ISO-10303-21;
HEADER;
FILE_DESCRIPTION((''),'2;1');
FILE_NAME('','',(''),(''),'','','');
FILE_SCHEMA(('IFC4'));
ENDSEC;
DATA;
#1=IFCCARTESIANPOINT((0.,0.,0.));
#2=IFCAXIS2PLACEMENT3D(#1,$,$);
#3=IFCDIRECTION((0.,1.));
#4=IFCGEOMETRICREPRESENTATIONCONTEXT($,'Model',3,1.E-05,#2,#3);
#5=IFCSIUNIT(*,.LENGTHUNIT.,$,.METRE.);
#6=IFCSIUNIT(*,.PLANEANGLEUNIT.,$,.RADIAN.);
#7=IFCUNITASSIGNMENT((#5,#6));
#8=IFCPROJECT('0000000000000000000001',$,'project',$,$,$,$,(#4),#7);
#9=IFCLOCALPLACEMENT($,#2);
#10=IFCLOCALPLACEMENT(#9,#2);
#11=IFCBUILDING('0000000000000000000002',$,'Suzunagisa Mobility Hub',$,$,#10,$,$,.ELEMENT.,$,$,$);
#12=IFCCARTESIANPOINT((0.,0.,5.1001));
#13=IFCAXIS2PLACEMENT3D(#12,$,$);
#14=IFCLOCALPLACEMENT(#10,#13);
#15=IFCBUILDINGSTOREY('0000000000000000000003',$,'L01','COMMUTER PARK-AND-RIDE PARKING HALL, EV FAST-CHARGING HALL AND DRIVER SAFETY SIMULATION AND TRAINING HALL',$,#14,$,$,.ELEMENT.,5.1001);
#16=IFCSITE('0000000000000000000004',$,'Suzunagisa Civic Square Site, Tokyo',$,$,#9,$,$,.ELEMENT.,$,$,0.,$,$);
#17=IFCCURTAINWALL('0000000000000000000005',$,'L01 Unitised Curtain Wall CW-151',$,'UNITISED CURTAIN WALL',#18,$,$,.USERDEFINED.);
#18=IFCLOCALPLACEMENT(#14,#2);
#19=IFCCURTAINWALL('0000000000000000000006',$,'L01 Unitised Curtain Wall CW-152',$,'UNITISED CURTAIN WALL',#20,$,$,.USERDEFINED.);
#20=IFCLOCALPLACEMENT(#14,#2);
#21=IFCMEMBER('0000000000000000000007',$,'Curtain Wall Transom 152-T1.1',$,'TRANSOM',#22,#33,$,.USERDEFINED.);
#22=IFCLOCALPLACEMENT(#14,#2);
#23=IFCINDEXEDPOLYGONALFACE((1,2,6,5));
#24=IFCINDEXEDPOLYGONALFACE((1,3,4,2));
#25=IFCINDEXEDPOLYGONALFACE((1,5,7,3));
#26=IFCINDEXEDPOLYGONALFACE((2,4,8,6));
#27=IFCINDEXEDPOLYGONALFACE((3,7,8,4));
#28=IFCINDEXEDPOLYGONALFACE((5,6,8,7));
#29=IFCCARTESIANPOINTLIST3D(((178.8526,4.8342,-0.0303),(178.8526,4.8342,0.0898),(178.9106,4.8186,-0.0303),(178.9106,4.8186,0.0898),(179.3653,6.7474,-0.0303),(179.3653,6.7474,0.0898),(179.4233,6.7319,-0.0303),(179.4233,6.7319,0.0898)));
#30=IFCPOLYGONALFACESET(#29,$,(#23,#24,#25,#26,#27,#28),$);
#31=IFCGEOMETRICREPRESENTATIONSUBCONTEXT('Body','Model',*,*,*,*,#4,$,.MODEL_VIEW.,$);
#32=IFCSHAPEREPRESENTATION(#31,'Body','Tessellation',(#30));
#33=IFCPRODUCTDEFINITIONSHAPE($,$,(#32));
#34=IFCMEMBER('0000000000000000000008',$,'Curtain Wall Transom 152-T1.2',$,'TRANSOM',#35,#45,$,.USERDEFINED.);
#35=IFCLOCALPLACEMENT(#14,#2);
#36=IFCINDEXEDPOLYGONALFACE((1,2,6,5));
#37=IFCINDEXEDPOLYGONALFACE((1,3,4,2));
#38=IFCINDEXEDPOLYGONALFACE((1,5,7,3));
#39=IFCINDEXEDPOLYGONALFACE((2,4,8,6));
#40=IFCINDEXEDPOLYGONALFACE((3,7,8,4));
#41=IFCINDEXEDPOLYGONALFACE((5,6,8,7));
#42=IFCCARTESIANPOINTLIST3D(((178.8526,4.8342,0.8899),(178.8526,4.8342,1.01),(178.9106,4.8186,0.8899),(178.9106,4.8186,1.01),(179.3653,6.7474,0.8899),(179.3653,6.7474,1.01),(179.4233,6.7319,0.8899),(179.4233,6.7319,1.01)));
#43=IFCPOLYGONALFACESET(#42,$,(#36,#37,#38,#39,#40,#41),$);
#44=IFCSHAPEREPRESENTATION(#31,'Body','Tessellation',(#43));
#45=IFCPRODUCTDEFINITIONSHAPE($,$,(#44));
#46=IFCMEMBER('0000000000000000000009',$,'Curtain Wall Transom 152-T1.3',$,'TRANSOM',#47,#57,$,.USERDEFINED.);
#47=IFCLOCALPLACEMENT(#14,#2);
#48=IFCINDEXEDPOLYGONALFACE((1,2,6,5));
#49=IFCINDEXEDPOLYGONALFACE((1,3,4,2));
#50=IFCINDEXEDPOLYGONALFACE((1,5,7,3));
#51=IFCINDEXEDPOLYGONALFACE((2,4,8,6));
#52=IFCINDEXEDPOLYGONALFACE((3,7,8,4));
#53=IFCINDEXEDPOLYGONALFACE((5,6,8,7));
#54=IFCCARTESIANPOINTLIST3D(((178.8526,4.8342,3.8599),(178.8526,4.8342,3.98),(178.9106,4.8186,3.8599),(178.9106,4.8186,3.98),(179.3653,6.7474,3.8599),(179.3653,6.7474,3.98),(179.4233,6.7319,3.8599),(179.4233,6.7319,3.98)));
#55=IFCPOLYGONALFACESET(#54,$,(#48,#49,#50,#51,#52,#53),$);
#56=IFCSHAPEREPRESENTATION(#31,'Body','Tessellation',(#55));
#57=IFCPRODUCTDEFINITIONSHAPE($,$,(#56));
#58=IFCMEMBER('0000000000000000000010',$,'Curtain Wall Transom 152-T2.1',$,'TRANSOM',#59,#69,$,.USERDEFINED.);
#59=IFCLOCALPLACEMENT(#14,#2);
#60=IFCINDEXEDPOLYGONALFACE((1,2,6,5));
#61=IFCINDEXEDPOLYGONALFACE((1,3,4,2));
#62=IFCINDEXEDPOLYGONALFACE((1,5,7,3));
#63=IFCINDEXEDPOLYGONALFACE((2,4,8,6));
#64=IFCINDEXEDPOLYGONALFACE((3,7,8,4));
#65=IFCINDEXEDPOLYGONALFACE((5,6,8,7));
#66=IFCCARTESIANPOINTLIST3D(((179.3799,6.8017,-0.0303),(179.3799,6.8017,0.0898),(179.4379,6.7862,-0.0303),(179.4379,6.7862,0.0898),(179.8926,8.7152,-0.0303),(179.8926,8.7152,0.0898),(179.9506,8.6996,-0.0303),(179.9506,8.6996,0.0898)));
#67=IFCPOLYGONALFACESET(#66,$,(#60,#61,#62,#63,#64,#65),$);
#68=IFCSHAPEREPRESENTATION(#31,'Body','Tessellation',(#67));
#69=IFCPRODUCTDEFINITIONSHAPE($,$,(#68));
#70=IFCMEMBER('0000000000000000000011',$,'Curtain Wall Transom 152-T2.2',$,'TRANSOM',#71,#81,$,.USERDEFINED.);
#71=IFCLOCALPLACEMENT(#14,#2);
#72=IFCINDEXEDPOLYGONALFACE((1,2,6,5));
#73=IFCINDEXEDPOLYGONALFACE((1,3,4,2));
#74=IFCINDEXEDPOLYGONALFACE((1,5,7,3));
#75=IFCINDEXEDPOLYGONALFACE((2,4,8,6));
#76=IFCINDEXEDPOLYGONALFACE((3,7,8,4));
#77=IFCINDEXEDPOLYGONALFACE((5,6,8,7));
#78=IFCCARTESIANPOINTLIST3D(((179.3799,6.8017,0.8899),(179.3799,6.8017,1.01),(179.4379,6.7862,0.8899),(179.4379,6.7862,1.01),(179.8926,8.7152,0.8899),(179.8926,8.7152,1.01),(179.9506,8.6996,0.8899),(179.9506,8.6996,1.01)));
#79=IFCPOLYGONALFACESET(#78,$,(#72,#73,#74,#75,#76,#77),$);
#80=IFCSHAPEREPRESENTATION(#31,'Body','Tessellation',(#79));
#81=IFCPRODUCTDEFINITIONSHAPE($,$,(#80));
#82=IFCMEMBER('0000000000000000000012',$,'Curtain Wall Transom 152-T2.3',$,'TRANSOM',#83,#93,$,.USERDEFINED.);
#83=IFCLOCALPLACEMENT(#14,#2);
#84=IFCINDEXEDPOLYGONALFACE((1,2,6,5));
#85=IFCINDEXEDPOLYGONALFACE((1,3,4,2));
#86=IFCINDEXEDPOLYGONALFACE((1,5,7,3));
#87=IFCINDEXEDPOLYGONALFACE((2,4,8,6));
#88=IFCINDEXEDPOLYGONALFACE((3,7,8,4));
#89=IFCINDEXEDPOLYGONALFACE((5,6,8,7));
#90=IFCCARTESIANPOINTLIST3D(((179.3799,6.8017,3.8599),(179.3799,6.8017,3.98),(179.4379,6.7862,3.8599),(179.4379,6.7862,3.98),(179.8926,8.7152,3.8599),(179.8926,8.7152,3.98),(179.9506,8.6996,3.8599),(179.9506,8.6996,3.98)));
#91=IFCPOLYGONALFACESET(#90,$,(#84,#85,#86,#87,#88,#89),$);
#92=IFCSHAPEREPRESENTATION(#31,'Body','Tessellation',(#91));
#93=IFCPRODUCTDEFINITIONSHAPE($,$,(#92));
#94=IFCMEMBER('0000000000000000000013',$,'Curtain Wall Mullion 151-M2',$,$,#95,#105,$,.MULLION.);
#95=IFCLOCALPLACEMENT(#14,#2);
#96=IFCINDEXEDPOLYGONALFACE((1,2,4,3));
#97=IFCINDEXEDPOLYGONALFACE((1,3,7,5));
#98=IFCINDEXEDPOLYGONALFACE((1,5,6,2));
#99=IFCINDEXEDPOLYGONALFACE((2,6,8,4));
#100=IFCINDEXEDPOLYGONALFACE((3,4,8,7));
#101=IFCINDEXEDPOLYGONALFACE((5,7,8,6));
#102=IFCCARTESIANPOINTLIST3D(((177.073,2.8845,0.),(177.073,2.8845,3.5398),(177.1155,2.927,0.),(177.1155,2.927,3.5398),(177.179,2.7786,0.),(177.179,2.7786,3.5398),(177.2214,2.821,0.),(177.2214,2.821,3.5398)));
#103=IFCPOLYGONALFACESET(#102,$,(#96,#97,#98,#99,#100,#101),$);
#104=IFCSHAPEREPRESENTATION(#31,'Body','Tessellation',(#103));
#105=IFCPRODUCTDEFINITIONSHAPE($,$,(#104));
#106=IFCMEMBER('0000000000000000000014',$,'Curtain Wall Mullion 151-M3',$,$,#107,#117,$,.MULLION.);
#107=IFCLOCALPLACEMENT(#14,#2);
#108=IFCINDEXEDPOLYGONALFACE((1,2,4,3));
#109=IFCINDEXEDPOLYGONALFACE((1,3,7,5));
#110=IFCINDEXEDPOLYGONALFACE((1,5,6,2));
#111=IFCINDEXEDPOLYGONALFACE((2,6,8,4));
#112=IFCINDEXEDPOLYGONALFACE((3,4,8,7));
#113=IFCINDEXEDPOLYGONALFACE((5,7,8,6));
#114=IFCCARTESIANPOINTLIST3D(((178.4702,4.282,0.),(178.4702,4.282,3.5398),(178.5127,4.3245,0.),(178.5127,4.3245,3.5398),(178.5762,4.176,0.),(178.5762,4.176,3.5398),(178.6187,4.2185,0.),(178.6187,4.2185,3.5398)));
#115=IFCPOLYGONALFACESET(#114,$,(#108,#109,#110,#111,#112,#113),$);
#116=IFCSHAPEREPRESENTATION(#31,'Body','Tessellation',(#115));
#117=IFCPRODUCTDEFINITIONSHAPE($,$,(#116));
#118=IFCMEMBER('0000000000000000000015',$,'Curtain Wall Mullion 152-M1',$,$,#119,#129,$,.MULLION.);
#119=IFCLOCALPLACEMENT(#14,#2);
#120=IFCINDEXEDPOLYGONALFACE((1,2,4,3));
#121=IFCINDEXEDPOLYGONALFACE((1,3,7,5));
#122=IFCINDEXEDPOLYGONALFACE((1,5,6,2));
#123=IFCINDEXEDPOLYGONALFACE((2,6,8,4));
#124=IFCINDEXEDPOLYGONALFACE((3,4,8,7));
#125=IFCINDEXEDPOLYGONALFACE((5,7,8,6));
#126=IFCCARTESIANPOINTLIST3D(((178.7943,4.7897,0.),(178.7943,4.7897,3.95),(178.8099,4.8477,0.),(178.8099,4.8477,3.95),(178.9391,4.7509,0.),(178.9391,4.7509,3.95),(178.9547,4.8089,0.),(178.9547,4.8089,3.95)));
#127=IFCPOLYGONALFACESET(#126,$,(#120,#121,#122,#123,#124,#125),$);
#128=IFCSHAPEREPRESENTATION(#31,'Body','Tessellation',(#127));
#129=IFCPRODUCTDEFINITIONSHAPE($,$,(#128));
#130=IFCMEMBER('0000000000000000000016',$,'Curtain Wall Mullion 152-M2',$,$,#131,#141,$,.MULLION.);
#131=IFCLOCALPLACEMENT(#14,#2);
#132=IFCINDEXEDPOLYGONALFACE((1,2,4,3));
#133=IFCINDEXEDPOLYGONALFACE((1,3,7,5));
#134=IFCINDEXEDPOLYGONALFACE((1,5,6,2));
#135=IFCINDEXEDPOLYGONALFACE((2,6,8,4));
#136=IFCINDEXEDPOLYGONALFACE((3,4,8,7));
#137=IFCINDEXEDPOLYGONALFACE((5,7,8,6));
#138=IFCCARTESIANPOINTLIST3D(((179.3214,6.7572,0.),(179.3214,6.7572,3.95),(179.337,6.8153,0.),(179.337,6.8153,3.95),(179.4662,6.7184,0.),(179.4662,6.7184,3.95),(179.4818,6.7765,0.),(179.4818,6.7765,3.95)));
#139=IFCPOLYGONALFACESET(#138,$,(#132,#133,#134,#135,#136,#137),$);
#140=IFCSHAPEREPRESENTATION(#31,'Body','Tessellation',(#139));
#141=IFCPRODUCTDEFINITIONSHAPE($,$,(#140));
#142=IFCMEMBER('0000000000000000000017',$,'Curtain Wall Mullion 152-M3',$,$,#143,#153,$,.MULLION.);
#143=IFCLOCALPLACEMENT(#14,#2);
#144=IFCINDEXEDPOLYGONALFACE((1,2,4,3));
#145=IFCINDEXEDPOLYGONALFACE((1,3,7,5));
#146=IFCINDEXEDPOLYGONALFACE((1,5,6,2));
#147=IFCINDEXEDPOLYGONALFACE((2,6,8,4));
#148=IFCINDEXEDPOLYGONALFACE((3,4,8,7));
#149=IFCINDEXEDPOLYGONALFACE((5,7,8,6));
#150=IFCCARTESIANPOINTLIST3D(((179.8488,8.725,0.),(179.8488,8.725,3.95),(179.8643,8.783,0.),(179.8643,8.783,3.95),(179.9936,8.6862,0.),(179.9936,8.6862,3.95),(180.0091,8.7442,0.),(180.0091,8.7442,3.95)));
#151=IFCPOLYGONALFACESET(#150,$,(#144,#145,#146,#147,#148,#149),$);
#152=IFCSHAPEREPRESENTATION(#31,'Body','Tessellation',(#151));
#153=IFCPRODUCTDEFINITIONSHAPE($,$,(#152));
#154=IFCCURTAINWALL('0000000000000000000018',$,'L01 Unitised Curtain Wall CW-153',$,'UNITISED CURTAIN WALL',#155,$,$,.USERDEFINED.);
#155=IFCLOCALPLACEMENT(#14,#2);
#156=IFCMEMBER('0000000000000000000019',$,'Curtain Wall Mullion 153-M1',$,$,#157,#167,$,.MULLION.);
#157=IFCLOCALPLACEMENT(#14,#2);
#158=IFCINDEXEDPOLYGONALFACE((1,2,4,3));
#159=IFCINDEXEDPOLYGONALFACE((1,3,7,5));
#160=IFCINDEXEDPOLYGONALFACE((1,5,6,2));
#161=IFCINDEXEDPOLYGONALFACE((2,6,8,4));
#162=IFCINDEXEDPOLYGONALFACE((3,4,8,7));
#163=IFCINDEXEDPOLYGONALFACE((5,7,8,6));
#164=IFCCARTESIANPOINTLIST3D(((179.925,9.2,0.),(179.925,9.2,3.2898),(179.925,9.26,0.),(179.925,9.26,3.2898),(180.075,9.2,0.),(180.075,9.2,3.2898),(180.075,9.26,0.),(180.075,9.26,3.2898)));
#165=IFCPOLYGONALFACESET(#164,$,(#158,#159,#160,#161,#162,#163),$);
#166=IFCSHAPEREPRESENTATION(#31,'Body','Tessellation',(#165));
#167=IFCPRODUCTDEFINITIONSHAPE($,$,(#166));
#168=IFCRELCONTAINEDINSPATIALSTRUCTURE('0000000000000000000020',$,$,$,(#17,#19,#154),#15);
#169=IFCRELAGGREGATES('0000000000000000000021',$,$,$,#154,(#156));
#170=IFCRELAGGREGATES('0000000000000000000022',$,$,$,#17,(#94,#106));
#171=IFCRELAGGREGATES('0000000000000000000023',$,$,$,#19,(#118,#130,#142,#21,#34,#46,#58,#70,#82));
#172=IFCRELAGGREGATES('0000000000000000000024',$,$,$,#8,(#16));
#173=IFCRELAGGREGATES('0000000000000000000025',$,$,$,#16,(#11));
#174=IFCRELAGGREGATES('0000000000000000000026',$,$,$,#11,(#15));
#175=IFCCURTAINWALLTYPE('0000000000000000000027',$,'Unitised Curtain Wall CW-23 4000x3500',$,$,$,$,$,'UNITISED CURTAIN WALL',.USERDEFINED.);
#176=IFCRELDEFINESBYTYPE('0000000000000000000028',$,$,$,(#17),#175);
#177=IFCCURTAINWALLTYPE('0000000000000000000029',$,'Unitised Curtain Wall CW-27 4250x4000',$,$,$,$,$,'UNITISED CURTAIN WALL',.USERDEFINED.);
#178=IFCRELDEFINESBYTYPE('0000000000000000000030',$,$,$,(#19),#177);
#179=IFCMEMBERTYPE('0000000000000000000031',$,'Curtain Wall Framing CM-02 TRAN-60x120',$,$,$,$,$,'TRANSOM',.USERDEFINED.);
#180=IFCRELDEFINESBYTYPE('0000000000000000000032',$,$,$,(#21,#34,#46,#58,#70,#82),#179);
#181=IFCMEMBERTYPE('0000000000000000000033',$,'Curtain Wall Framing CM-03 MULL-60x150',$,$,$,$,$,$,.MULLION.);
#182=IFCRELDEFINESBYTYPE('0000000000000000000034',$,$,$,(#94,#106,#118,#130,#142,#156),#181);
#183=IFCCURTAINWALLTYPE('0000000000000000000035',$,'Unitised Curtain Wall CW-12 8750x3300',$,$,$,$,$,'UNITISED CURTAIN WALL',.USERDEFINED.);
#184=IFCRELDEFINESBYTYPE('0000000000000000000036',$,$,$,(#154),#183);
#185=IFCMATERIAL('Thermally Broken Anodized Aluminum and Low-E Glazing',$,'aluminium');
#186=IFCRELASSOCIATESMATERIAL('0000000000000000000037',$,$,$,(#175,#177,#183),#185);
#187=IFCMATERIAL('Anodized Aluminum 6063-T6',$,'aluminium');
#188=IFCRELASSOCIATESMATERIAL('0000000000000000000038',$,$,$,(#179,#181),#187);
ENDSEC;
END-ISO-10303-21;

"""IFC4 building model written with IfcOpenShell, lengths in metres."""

from ifc_helpers import new_model, si_unit, direction, frame, origin, origin_2d, place, context, subcontext, project, spatial, rectangle, extrude, material, material_profile, profile_set, type_object, element, aggregate, save


model = new_model("IFC4")

# Units and contexts
model_context = context("Model", 3, precision=1e-05, world=origin(), true_north=direction((0.0, 1.0)))
body_context = subcontext(model_context, "Body", "Model", "MODEL_VIEW")
ifc_project = project(units=[si_unit("LENGTHUNIT", "METRE"), si_unit("PLANEANGLEUNIT", "RADIAN")], contexts=[model_context])

# Site, building, storey
site_placement = place(None, origin())
site = spatial("IfcSite", under=ifc_project, at=site_placement, Name="Suzunagisa Civic Square Site, Tokyo", CompositionType="ELEMENT", RefElevation=0.0)
building_placement = place(site_placement, origin())
building = spatial("IfcBuilding", under=site, at=building_placement, Name="Suzunagisa Mobility Hub", CompositionType="ELEMENT")
storey_placement = place(building_placement, frame((0.0, 0.0, 5.1001)))
storey = spatial("IfcBuildingStorey", under=building, at=storey_placement, Name="L01", Description="COMMUTER PARK-AND-RIDE PARKING HALL, EV FAST-CHARGING HALL AND DRIVER SAFETY SIMULATION AND TRAINING HALL", CompositionType="ELEMENT", Elevation=5.1001)

# Curtain walls, members
ifc_material_1 = material(Name="Thermally Broken Anodized Aluminum and Low-E Glazing", Category="aluminium")
curtain_wall_type_1 = type_object("IfcCurtainWallType", Name="Unitised Curtain Wall CW-23 4000x3500", ElementType="UNITISED CURTAIN WALL", PredefinedType="USERDEFINED", material=ifc_material_1)
curtain_wall_1_placement = place(storey_placement, origin())
curtain_wall_1 = element("IfcCurtainWall", 1, at=curtain_wall_1_placement, inside=storey, type_object=curtain_wall_type_1, Name="L01 Unitised Curtain Wall CW-151", ObjectType="UNITISED CURTAIN WALL", PredefinedType="USERDEFINED")
ifc_material_2 = material(Name="Anodized Aluminum 6063-T6", Category="aluminium")
ifc_material_profile_1 = material_profile(ifc_material_2, rectangle(XDim=0.0601, YDim=0.1201, at=origin_2d()), Name="TRAN-60x120")
ifc_profile_set_1 = profile_set([ifc_material_profile_1], Name="Anodized Aluminum 6063-T6")
member_type_1 = type_object("IfcMemberType", Name="Curtain Wall Framing CM-02 TRAN-60x120", ElementType="TRANSOM", PredefinedType="USERDEFINED", material=ifc_profile_set_1)
curtain_wall_type_2 = type_object("IfcCurtainWallType", Name="Unitised Curtain Wall CW-27 4250x4000", ElementType="UNITISED CURTAIN WALL", PredefinedType="USERDEFINED", material=ifc_material_1)
curtain_wall_2_placement = place(storey_placement, origin())
curtain_wall_2 = element("IfcCurtainWall", 2, at=curtain_wall_2_placement, inside=storey, type_object=curtain_wall_type_2, Name="L01 Unitised Curtain Wall CW-152", ObjectType="UNITISED CURTAIN WALL", PredefinedType="USERDEFINED")
member_1_placement = place(storey_placement, frame((178.8816, 4.8264, 0.0298), z_axis=(0.258828, 0.965923, 0.0), x_axis=(-0.965923, 0.258828, 0.0)))
member_1 = element("IfcMember", 3, at=member_1_placement, type_object=member_type_1, Name="Curtain Wall Transom 152-T1.1", ObjectType="TRANSOM", PredefinedType="USERDEFINED", context=body_context, shape_type="SweptSolid", body=[
    extrude(rectangle(XDim=0.0601, YDim=0.1201, at=origin_2d()), origin(), (0.0, 0.0, 1.0), 1.9807),
])
member_2_placement = place(storey_placement, frame((178.8816, 4.8264, 0.95), z_axis=(0.258828, 0.965923, 0.0), x_axis=(-0.965923, 0.258828, 0.0)))
member_2 = element("IfcMember", 4, at=member_2_placement, type_object=member_type_1, Name="Curtain Wall Transom 152-T1.2", ObjectType="TRANSOM", PredefinedType="USERDEFINED", context=body_context, shape_type="SweptSolid", body=[
    extrude(rectangle(XDim=0.0601, YDim=0.1201, at=origin_2d()), origin(), (0.0, 0.0, 1.0), 1.9807),
])
member_3_placement = place(storey_placement, frame((178.8816, 4.8264, 3.9199), z_axis=(0.258828, 0.965923, 0.0), x_axis=(-0.965923, 0.258828, 0.0)))
member_3 = element("IfcMember", 5, at=member_3_placement, type_object=member_type_1, Name="Curtain Wall Transom 152-T1.3", ObjectType="TRANSOM", PredefinedType="USERDEFINED", context=body_context, shape_type="SweptSolid", body=[
    extrude(rectangle(XDim=0.0601, YDim=0.1201, at=origin_2d()), origin(), (0.0, 0.0, 1.0), 1.9807),
])
member_4_placement = place(storey_placement, frame((179.4089, 6.7939, 0.0298), z_axis=(0.258798, 0.965932, 0.0), x_axis=(-0.965932, 0.258798, 0.0)))
member_4 = element("IfcMember", 6, at=member_4_placement, type_object=member_type_1, Name="Curtain Wall Transom 152-T2.1", ObjectType="TRANSOM", PredefinedType="USERDEFINED", context=body_context, shape_type="SweptSolid", body=[
    extrude(rectangle(XDim=0.0601, YDim=0.1201, at=origin_2d()), origin(), (0.0, 0.0, 1.0), 1.981),
])
member_5_placement = place(storey_placement, frame((179.4089, 6.7939, 0.95), z_axis=(0.258798, 0.965932, 0.0), x_axis=(-0.965932, 0.258798, 0.0)))
member_5 = element("IfcMember", 7, at=member_5_placement, type_object=member_type_1, Name="Curtain Wall Transom 152-T2.2", ObjectType="TRANSOM", PredefinedType="USERDEFINED", context=body_context, shape_type="SweptSolid", body=[
    extrude(rectangle(XDim=0.0601, YDim=0.1201, at=origin_2d()), origin(), (0.0, 0.0, 1.0), 1.981),
])
member_6_placement = place(storey_placement, frame((179.4089, 6.7939, 3.9199), z_axis=(0.258798, 0.965932, 0.0), x_axis=(-0.965932, 0.258798, 0.0)))
member_6 = element("IfcMember", 8, at=member_6_placement, type_object=member_type_1, Name="Curtain Wall Transom 152-T2.3", ObjectType="TRANSOM", PredefinedType="USERDEFINED", context=body_context, shape_type="SweptSolid", body=[
    extrude(rectangle(XDim=0.0601, YDim=0.1201, at=origin_2d()), origin(), (0.0, 0.0, 1.0), 1.981),
])

# Members
ifc_material_profile_2 = material_profile(ifc_material_2, rectangle(XDim=0.0601, YDim=0.1499, at=origin_2d()), Name="MULL-60x150")
ifc_profile_set_2 = profile_set([ifc_material_profile_2], Name="Anodized Aluminum 6063-T6")
member_type_2 = type_object("IfcMemberType", Name="Curtain Wall Framing CM-03 MULL-60x150", PredefinedType="MULLION", material=ifc_profile_set_2)
member_7_placement = place(storey_placement, frame((177.1472, 2.8528, 0.0), z_axis=(0.0, 0.0, 1.0), x_axis=(0.707107, 0.707107, 0.0)))
member_7 = element("IfcMember", 9, at=member_7_placement, type_object=member_type_2, Name="Curtain Wall Mullion 151-M2", PredefinedType="MULLION", context=body_context, shape_type="SweptSolid", body=[
    extrude(rectangle(XDim=0.0601, YDim=0.1499, at=origin_2d()), origin(), (0.0, 0.0, 1.0), 3.5398),
])
member_8_placement = place(storey_placement, frame((178.5444, 4.2502, 0.0), z_axis=(0.0, 0.0, 1.0), x_axis=(0.707107, 0.707107, 0.0)))
member_8 = element("IfcMember", 10, at=member_8_placement, type_object=member_type_2, Name="Curtain Wall Mullion 151-M3", PredefinedType="MULLION", context=body_context, shape_type="SweptSolid", body=[
    extrude(rectangle(XDim=0.0601, YDim=0.1499, at=origin_2d()), origin(), (0.0, 0.0, 1.0), 3.5398),
])
member_9_placement = place(storey_placement, frame((178.8745, 4.7993, 0.0), z_axis=(0.0, 0.0, 1.0), x_axis=(0.258814, 0.965927, 0.0)))
member_9 = element("IfcMember", 11, at=member_9_placement, type_object=member_type_2, Name="Curtain Wall Mullion 152-M1", PredefinedType="MULLION", context=body_context, shape_type="SweptSolid", body=[
    extrude(rectangle(XDim=0.0601, YDim=0.1499, at=origin_2d()), origin(), (0.0, 0.0, 1.0), 3.95),
])
member_10_placement = place(storey_placement, frame((179.4016, 6.7668, 0.0), z_axis=(0.0, 0.0, 1.0), x_axis=(0.258814, 0.965927, 0.0)))
member_10 = element("IfcMember", 12, at=member_10_placement, type_object=member_type_2, Name="Curtain Wall Mullion 152-M2", PredefinedType="MULLION", context=body_context, shape_type="SweptSolid", body=[
    extrude(rectangle(XDim=0.0601, YDim=0.1499, at=origin_2d()), origin(), (0.0, 0.0, 1.0), 3.95),
])
member_11_placement = place(storey_placement, frame((179.929, 8.7346, 0.0), z_axis=(0.0, 0.0, 1.0), x_axis=(0.258814, 0.965927, 0.0)))
member_11 = element("IfcMember", 13, at=member_11_placement, type_object=member_type_2, Name="Curtain Wall Mullion 152-M3", PredefinedType="MULLION", context=body_context, shape_type="SweptSolid", body=[
    extrude(rectangle(XDim=0.0601, YDim=0.1499, at=origin_2d()), origin(), (0.0, 0.0, 1.0), 3.95),
])

# Curtain wall, member
curtain_wall_type_3 = type_object("IfcCurtainWallType", Name="Unitised Curtain Wall CW-12 8750x3300", ElementType="UNITISED CURTAIN WALL", PredefinedType="USERDEFINED", material=ifc_material_1)
curtain_wall_3_placement = place(storey_placement, origin())
curtain_wall_3 = element("IfcCurtainWall", 14, at=curtain_wall_3_placement, inside=storey, type_object=curtain_wall_type_3, Name="L01 Unitised Curtain Wall CW-153", ObjectType="UNITISED CURTAIN WALL", PredefinedType="USERDEFINED")
member_12_placement = place(storey_placement, frame((180.0, 9.23, 0.0), z_axis=(0.0, 0.0, 1.0), x_axis=(0.0, 1.0, 0.0)))
member_12 = element("IfcMember", 15, at=member_12_placement, type_object=member_type_2, Name="Curtain Wall Mullion 153-M1", PredefinedType="MULLION", context=body_context, shape_type="SweptSolid", body=[
    extrude(rectangle(XDim=0.0601, YDim=0.1499, at=origin_2d()), origin(), (0.0, 0.0, 1.0), 3.2898),
])
aggregate(curtain_wall_3, [member_12])

aggregate(curtain_wall_1, [member_7, member_8])
aggregate(curtain_wall_2, [member_9, member_10, member_11, member_1, member_2, member_3, member_4, member_5, member_6])

save(model, "model.ifc")
